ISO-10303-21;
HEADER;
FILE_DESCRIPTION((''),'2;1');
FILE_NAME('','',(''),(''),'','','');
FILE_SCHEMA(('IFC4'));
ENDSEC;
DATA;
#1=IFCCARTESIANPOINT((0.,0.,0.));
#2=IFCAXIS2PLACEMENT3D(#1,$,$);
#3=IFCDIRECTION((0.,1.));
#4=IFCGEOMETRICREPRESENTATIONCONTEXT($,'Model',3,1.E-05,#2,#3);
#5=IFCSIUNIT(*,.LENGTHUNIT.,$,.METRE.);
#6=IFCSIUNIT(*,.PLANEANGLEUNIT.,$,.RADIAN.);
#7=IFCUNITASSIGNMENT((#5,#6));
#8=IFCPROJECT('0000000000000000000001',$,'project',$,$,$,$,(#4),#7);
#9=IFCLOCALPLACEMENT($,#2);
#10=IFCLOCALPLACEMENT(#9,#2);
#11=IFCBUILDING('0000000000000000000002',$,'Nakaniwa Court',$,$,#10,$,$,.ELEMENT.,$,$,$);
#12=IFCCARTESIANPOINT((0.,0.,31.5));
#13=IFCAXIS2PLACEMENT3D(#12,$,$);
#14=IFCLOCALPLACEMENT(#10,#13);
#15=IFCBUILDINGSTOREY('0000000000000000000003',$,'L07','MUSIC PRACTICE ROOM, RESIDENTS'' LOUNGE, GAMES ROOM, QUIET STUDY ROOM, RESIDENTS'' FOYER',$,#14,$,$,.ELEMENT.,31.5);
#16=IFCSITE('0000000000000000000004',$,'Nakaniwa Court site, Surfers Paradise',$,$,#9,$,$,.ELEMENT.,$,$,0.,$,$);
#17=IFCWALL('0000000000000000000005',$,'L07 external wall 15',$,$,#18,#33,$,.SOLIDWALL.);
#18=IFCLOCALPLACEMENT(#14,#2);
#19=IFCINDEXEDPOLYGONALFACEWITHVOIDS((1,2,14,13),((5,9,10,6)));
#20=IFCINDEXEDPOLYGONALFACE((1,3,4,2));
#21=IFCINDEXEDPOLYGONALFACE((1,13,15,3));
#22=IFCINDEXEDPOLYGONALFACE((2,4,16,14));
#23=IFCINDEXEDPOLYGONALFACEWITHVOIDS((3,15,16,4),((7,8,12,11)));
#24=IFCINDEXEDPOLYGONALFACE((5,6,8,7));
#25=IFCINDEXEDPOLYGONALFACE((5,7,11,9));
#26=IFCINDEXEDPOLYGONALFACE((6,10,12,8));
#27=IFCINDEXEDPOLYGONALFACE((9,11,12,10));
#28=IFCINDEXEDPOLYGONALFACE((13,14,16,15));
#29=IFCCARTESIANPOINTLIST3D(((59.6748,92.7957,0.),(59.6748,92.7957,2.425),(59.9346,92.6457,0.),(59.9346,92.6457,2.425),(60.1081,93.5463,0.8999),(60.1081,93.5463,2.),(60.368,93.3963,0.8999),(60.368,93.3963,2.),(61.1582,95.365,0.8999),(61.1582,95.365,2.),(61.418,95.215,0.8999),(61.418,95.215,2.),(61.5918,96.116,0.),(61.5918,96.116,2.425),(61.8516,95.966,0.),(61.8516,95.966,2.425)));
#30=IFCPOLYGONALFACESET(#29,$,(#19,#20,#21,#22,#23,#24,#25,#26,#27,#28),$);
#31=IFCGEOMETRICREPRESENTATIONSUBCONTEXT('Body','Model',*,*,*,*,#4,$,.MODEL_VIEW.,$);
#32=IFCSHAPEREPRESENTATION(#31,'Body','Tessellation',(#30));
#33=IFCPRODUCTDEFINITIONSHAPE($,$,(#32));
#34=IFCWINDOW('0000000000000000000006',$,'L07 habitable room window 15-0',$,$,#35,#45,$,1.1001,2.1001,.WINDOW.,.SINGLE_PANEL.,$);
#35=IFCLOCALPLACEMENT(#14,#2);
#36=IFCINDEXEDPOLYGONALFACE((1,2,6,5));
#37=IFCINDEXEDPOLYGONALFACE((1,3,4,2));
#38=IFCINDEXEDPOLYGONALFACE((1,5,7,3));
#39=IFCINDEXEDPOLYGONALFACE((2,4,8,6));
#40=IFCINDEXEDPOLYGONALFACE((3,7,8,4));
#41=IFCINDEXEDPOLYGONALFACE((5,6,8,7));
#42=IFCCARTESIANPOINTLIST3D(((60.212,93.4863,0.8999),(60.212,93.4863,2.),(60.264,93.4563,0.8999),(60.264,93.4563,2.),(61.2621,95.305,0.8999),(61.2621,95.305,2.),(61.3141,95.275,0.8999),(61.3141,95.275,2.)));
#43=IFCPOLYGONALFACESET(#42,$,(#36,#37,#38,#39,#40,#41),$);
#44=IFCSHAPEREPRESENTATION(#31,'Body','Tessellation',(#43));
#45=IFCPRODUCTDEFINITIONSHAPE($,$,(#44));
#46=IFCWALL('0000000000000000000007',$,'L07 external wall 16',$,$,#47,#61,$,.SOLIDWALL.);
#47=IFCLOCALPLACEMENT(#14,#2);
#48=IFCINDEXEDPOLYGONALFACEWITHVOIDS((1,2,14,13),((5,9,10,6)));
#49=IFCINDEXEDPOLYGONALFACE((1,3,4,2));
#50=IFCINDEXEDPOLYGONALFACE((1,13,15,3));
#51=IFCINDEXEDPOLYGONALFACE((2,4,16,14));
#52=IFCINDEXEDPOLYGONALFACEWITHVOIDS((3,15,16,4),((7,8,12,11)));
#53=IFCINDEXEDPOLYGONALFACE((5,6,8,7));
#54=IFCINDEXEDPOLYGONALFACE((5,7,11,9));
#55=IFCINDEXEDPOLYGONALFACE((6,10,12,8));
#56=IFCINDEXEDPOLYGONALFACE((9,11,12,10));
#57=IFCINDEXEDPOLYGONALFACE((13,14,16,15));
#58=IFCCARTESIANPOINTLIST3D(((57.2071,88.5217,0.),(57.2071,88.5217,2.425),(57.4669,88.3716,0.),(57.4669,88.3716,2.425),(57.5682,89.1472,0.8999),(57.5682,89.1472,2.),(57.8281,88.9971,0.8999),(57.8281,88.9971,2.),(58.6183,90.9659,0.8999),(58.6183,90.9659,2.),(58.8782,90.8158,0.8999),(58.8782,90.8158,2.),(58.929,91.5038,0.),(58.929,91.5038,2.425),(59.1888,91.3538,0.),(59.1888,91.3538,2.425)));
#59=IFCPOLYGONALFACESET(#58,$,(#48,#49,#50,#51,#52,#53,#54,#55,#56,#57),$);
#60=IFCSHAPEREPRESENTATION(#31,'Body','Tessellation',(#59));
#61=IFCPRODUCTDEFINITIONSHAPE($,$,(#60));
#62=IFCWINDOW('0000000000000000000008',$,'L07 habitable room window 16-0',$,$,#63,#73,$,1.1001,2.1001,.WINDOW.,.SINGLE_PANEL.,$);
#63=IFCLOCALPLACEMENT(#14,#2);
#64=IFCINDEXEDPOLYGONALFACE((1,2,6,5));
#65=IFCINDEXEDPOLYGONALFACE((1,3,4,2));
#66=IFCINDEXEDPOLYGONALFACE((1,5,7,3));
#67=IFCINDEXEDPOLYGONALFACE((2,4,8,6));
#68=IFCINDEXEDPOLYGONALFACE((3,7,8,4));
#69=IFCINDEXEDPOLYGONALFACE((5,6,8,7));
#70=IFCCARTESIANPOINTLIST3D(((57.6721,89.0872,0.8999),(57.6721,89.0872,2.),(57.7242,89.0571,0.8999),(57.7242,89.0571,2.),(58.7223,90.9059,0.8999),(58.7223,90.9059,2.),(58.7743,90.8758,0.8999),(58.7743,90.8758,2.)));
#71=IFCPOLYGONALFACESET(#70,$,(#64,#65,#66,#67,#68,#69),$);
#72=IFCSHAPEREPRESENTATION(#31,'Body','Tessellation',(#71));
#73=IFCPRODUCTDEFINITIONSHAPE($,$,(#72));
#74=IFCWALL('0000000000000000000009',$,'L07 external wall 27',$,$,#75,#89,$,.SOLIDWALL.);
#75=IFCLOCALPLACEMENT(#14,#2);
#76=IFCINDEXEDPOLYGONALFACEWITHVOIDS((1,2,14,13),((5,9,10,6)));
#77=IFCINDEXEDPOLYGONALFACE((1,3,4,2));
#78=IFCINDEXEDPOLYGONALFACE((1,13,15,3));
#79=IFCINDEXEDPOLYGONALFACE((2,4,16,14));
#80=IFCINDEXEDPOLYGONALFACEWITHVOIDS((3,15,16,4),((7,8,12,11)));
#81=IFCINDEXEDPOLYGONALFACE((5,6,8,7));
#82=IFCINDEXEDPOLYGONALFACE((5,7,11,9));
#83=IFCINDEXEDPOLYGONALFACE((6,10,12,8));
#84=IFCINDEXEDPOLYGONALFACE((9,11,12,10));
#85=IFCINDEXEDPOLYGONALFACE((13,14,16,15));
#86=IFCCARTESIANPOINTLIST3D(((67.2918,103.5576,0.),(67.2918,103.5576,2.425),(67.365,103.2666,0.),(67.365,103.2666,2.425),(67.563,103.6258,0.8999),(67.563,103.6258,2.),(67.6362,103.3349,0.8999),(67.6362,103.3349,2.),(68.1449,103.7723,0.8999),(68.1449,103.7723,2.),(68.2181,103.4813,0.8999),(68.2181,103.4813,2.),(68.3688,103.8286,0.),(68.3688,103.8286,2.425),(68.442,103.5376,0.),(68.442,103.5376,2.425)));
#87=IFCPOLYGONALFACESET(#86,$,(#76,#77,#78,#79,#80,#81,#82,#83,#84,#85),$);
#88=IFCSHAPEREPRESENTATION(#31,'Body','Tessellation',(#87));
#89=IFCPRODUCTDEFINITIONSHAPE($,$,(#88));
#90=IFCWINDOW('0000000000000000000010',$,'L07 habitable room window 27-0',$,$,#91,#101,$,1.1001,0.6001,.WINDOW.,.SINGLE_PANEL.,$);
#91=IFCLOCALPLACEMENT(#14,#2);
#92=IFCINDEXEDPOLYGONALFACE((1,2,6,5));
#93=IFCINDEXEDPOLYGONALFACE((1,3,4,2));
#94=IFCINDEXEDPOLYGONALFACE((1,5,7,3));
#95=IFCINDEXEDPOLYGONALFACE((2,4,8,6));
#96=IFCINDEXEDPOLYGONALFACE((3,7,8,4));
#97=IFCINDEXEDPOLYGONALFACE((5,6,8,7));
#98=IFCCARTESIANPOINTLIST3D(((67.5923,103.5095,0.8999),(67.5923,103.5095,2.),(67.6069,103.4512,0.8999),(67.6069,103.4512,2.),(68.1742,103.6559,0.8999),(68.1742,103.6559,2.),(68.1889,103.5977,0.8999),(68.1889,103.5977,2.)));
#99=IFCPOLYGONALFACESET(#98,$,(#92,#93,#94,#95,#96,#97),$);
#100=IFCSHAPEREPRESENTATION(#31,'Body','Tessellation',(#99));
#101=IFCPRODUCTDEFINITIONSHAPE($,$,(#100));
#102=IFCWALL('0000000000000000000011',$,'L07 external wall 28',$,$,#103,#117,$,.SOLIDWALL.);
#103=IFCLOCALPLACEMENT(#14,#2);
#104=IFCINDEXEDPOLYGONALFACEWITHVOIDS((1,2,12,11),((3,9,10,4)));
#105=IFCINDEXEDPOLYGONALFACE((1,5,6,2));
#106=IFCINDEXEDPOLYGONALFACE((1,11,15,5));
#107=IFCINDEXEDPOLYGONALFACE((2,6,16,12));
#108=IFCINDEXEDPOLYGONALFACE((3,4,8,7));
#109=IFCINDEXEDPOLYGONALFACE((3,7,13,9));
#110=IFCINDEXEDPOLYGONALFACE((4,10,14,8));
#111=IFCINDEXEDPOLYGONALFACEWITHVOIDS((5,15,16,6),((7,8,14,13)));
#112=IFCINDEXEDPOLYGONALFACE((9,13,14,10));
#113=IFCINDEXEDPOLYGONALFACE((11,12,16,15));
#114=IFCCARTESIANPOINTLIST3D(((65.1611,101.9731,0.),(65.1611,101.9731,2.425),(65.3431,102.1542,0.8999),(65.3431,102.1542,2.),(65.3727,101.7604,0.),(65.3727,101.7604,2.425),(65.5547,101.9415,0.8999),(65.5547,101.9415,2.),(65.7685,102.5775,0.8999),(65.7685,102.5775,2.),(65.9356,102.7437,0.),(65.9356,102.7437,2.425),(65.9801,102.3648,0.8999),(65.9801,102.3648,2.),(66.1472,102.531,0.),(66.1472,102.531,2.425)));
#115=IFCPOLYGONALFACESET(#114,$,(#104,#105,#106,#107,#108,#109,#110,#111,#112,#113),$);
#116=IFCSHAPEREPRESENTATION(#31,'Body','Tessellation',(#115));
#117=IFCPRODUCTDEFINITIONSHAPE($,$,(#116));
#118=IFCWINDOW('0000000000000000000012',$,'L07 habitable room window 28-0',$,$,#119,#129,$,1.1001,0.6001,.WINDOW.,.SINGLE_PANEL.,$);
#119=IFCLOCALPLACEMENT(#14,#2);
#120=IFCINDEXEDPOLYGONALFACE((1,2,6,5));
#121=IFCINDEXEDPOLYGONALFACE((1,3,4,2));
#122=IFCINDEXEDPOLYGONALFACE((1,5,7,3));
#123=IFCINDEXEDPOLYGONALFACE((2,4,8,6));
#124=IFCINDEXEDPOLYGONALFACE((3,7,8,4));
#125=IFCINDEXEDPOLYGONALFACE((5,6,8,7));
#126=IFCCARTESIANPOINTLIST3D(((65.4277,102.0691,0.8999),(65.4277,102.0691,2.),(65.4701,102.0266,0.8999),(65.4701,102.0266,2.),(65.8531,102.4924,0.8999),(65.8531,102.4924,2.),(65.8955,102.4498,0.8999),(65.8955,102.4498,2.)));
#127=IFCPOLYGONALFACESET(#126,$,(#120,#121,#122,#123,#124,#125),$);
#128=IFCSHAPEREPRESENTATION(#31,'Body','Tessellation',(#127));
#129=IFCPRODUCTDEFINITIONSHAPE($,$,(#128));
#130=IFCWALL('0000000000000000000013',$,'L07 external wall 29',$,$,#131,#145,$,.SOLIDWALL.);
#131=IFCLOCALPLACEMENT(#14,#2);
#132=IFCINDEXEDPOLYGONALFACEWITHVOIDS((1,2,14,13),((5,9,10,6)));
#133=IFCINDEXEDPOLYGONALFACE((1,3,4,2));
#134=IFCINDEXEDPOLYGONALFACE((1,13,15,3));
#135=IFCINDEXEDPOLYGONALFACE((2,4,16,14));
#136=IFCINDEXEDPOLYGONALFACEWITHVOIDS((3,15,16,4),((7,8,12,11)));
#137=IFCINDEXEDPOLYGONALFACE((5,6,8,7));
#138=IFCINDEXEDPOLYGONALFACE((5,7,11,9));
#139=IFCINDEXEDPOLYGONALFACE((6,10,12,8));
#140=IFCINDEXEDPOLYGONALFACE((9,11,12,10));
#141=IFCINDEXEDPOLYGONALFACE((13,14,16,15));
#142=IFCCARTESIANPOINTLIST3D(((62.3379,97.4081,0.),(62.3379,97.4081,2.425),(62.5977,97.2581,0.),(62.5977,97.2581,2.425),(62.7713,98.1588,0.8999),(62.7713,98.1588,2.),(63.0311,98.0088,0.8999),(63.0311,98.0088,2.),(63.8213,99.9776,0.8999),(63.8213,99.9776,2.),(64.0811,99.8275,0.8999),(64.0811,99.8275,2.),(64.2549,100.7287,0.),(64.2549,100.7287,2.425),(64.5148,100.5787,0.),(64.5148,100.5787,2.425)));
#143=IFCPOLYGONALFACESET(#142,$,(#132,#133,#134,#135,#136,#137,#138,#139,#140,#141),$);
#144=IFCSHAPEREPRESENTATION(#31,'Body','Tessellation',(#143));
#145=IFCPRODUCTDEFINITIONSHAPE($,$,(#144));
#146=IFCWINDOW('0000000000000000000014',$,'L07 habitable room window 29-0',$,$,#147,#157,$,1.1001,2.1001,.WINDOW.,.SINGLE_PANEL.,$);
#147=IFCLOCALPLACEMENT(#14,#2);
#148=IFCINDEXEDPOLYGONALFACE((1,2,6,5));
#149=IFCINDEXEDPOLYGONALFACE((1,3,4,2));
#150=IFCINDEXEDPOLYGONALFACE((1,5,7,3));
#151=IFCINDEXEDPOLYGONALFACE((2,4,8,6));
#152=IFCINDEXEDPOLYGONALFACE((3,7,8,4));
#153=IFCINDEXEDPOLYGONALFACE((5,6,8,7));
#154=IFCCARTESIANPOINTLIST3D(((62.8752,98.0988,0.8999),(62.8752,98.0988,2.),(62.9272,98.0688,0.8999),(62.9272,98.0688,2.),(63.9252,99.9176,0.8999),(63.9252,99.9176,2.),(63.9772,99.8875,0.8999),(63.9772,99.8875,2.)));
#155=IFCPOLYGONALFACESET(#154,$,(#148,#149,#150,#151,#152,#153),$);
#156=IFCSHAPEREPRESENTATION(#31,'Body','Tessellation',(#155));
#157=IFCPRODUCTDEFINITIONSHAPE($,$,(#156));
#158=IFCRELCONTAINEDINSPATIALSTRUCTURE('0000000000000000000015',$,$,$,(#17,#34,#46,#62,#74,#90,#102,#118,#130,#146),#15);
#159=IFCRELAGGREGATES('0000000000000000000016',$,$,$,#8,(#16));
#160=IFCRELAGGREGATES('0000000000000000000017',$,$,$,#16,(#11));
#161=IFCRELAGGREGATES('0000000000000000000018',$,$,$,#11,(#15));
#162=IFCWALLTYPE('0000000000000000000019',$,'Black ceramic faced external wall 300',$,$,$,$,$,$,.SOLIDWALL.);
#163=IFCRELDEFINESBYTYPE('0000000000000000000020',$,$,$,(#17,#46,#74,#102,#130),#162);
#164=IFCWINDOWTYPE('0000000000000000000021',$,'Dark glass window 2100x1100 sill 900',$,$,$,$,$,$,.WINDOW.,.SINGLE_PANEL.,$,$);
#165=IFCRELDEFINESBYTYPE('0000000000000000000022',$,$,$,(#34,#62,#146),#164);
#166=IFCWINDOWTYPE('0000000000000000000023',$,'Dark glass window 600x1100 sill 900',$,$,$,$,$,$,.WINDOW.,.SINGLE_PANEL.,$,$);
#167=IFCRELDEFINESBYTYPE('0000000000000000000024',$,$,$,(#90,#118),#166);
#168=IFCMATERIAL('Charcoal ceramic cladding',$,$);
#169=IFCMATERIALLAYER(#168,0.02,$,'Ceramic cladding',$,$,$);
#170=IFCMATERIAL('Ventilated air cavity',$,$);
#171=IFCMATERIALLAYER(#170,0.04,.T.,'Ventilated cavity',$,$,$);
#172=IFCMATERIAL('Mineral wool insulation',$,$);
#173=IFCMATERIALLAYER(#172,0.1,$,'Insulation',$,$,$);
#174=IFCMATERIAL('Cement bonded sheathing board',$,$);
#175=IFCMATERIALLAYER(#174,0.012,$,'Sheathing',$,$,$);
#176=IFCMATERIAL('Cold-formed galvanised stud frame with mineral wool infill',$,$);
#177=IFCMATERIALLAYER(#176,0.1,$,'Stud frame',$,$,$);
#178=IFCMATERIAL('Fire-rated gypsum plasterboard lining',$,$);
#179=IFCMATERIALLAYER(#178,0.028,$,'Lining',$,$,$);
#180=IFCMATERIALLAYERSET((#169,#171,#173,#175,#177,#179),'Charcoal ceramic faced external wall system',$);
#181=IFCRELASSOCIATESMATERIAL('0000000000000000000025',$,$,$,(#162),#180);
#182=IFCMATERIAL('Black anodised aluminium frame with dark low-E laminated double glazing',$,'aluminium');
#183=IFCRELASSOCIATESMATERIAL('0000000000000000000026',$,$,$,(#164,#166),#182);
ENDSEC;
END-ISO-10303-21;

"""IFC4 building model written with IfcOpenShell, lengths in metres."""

from ifc_helpers import new_model, si_unit, direction, frame, frame_2d, origin, place, context, subcontext, project, spatial, rectangle, extrude, material, layer, layer_set, type_object, element, fill, save


model = new_model("IFC4")

# Units and contexts
model_context = context("Model", 3, precision=1e-05, world=origin(), true_north=direction((0.0, 1.0)))
body_context = subcontext(model_context, "Body", "Model", "MODEL_VIEW")
ifc_project = project(units=[si_unit("LENGTHUNIT", "METRE"), si_unit("PLANEANGLEUNIT", "RADIAN")], contexts=[model_context])

# Site, building, storey
site_placement = place(None, origin())
site = spatial("IfcSite", under=ifc_project, at=site_placement, Name="Nakaniwa Court site, Surfers Paradise", CompositionType="ELEMENT", RefElevation=0.0)
building_placement = place(site_placement, origin())
building = spatial("IfcBuilding", under=site, at=building_placement, Name="Nakaniwa Court", CompositionType="ELEMENT")
storey_placement = place(building_placement, frame((0.0, 0.0, 31.5)))
storey = spatial("IfcBuildingStorey", under=building, at=storey_placement, Name="L07", Description="MUSIC PRACTICE ROOM, RESIDENTS' LOUNGE, GAMES ROOM, QUIET STUDY ROOM, RESIDENTS' FOYER", CompositionType="ELEMENT", Elevation=31.5)

# Walls, openings, windows
ifc_material_1 = material(Name="Charcoal ceramic cladding")
ifc_layer_1 = layer(ifc_material_1, 0.02, Name="Ceramic cladding")
ifc_material_2 = material(Name="Ventilated air cavity")
ifc_layer_2 = layer(ifc_material_2, 0.04, ventilated=True, Name="Ventilated cavity")
ifc_material_3 = material(Name="Mineral wool insulation")
ifc_layer_3 = layer(ifc_material_3, 0.1, Name="Insulation")
ifc_material_4 = material(Name="Cement bonded sheathing board")
ifc_layer_4 = layer(ifc_material_4, 0.012, Name="Sheathing")
ifc_material_5 = material(Name="Cold-formed galvanised stud frame with mineral wool infill")
ifc_layer_5 = layer(ifc_material_5, 0.1, Name="Stud frame")
ifc_material_6 = material(Name="Fire-rated gypsum plasterboard lining")
ifc_layer_6 = layer(ifc_material_6, 0.028, Name="Lining")
ifc_layer_set = layer_set([ifc_layer_1, ifc_layer_2, ifc_layer_3, ifc_layer_4, ifc_layer_5, ifc_layer_6], Name="Charcoal ceramic faced external wall system")
wall_type = type_object("IfcWallType", Name="Black ceramic faced external wall 300", PredefinedType="SOLIDWALL", material=ifc_layer_set)
wall_1_placement = place(storey_placement, frame((61.7217, 96.041, 0.0), z_axis=(0.0, 0.0, 1.0), x_axis=(-0.500002, -0.866024, 0.0)))
wall_1 = element("IfcWall", 1, at=wall_1_placement, inside=storey, type_object=wall_type, Name="L07 external wall 15", PredefinedType="SOLIDWALL", context=body_context, shape_type="SweptSolid", body=[
    extrude(rectangle(XDim=3.834, YDim=0.3, at=frame_2d((1.917, 0.0))), origin(), (0.0, 0.0, 1.0), 2.425),
])
opening_1_placement = place(wall_1_placement, frame((0.8672, 0.0, 0.8999)))
opening_1 = element("IfcOpeningElement", 2, at=opening_1_placement, cuts=wall_1, PredefinedType="OPENING", context=body_context, shape_type="SweptSolid", body=[
    extrude(rectangle(XDim=2.1001, YDim=1.1001, at=frame_2d((1.05, 0.55))), frame((0.0, 0.1599, 0.0), z_axis=(0.0, -1.0, 0.0), x_axis=(1.0, 0.0, 0.0)), (0.0, 0.0, 1.0), 0.3201),
])
ifc_material_7 = material(Name="Black anodised aluminium frame with dark low-E laminated double glazing", Category="aluminium")
window_type_1 = type_object("IfcWindowType", Name="Dark glass window 2100x1100 sill 900", PartitioningType="SINGLE_PANEL", PredefinedType="WINDOW", material=ifc_material_7)
window_1_placement = place(opening_1_placement, origin())
window_1 = element("IfcWindow", 3, at=window_1_placement, inside=storey, type_object=window_type_1, Name="L07 habitable room window 15-0", OverallHeight=1.1001, OverallWidth=2.1001, PartitioningType="SINGLE_PANEL", PredefinedType="WINDOW", context=body_context, shape_type="SweptSolid", body=[
    extrude(rectangle(XDim=2.1001, YDim=1.1001, at=frame_2d((1.05, 0.55))), frame((0.0, 0.03, 0.0), z_axis=(0.0, -1.0, 0.0), x_axis=(1.0, 0.0, 0.0)), (0.0, 0.0, 1.0), 0.0601),
])
fill(opening_1, window_1)
wall_2_placement = place(storey_placement, frame((59.0588, 91.4287, 0.0), z_axis=(0.0, 0.0, 1.0), x_axis=(-0.500035, -0.866005, 0.0)))
wall_2 = element("IfcWall", 4, at=wall_2_placement, inside=storey, type_object=wall_type, Name="L07 external wall 16", PredefinedType="SOLIDWALL", context=body_context, shape_type="SweptSolid", body=[
    extrude(rectangle(XDim=3.4436, YDim=0.3, at=frame_2d((1.7217, 0.0))), origin(), (0.0, 0.0, 1.0), 2.425),
])
opening_2_placement = place(wall_2_placement, frame((0.6211, 0.0, 0.8999)))
opening_2 = element("IfcOpeningElement", 5, at=opening_2_placement, cuts=wall_2, PredefinedType="OPENING", context=body_context, shape_type="SweptSolid", body=[
    extrude(rectangle(XDim=2.1001, YDim=1.1001, at=frame_2d((1.05, 0.55))), frame((0.0, 0.1599, 0.0), z_axis=(0.0, -1.0, 0.0), x_axis=(1.0, 0.0, 0.0)), (0.0, 0.0, 1.0), 0.3201),
])
window_2_placement = place(opening_2_placement, origin())
window_2 = element("IfcWindow", 6, at=window_2_placement, inside=storey, type_object=window_type_1, Name="L07 habitable room window 16-0", OverallHeight=1.1001, OverallWidth=2.1001, PartitioningType="SINGLE_PANEL", PredefinedType="WINDOW", context=body_context, shape_type="SweptSolid", body=[
    extrude(rectangle(XDim=2.1001, YDim=1.1001, at=frame_2d((1.05, 0.55))), frame((0.0, 0.03, 0.0), z_axis=(0.0, -1.0, 0.0), x_axis=(1.0, 0.0, 0.0)), (0.0, 0.0, 1.0), 0.0601),
])
fill(opening_2, window_2)
wall_3_placement = place(storey_placement, frame((68.4053, 103.6831, 0.0), z_axis=(0.0, 0.0, 1.0), x_axis=(-0.969766, -0.244036, 0.0)))
wall_3 = element("IfcWall", 7, at=wall_3_placement, inside=storey, type_object=wall_type, Name="L07 external wall 27", PredefinedType="SOLIDWALL", context=body_context, shape_type="SweptSolid", body=[
    extrude(rectangle(XDim=1.1106, YDim=0.3, at=frame_2d((0.5552, 0.0))), origin(), (0.0, 0.0, 1.0), 2.425),
])
opening_3_placement = place(wall_3_placement, frame((0.2307, 0.0, 0.8999)))
opening_3 = element("IfcOpeningElement", 8, at=opening_3_placement, cuts=wall_3, PredefinedType="OPENING", context=body_context, shape_type="SweptSolid", body=[
    extrude(rectangle(XDim=0.6001, YDim=1.1001, at=frame_2d((0.3, 0.55))), frame((0.0, 0.1599, 0.0), z_axis=(0.0, -1.0, 0.0), x_axis=(1.0, 0.0, 0.0)), (0.0, 0.0, 1.0), 0.3201),
])
window_type_2 = type_object("IfcWindowType", Name="Dark glass window 600x1100 sill 900", PartitioningType="SINGLE_PANEL", PredefinedType="WINDOW", material=ifc_material_7)
window_3_placement = place(opening_3_placement, origin())
window_3 = element("IfcWindow", 9, at=window_3_placement, inside=storey, type_object=window_type_2, Name="L07 habitable room window 27-0", OverallHeight=1.1001, OverallWidth=0.6001, PartitioningType="SINGLE_PANEL", PredefinedType="WINDOW", context=body_context, shape_type="SweptSolid", body=[
    extrude(rectangle(XDim=0.6001, YDim=1.1001, at=frame_2d((0.3, 0.55))), frame((0.0, 0.03, 0.0), z_axis=(0.0, -1.0, 0.0), x_axis=(1.0, 0.0, 0.0)), (0.0, 0.0, 1.0), 0.0601),
])
fill(opening_3, window_3)
wall_4_placement = place(storey_placement, frame((66.0415, 102.6375, 0.0), z_axis=(0.0, 0.0, 1.0), x_axis=(-0.708892, -0.705317, 0.0)))
wall_4 = element("IfcWall", 10, at=wall_4_placement, inside=storey, type_object=wall_type, Name="L07 external wall 28", PredefinedType="SOLIDWALL", context=body_context, shape_type="SweptSolid", body=[
    extrude(rectangle(XDim=1.0925, YDim=0.3, at=frame_2d((0.5464, 0.0))), origin(), (0.0, 0.0, 1.0), 2.425),
])
opening_4_placement = place(wall_4_placement, frame((0.2358, 0.0, 0.8999)))
opening_4 = element("IfcOpeningElement", 11, at=opening_4_placement, cuts=wall_4, PredefinedType="OPENING", context=body_context, shape_type="SweptSolid", body=[
    extrude(rectangle(XDim=0.6001, YDim=1.1001, at=frame_2d((0.3, 0.55))), frame((0.0, 0.1599, 0.0), z_axis=(0.0, -1.0, 0.0), x_axis=(1.0, 0.0, 0.0)), (0.0, 0.0, 1.0), 0.3201),
])
window_4_placement = place(opening_4_placement, origin())
window_4 = element("IfcWindow", 12, at=window_4_placement, inside=storey, type_object=window_type_2, Name="L07 habitable room window 28-0", OverallHeight=1.1001, OverallWidth=0.6001, PartitioningType="SINGLE_PANEL", PredefinedType="WINDOW", context=body_context, shape_type="SweptSolid", body=[
    extrude(rectangle(XDim=0.6001, YDim=1.1001, at=frame_2d((0.3, 0.55))), frame((0.0, 0.03, 0.0), z_axis=(0.0, -1.0, 0.0), x_axis=(1.0, 0.0, 0.0)), (0.0, 0.0, 1.0), 0.0601),
])
fill(opening_4, window_4)
wall_5_placement = place(storey_placement, frame((64.3848, 100.6536, 0.0), z_axis=(0.0, 0.0, 1.0), x_axis=(-0.499974, -0.86604, 0.0)))
wall_5 = element("IfcWall", 13, at=wall_5_placement, inside=storey, type_object=wall_type, Name="L07 external wall 29", PredefinedType="SOLIDWALL", context=body_context, shape_type="SweptSolid", body=[
    extrude(rectangle(XDim=3.8342, YDim=0.3, at=frame_2d((1.917, 0.0))), origin(), (0.0, 0.0, 1.0), 2.425),
])
opening_5_placement = place(wall_5_placement, frame((0.8672, 0.0, 0.8999)))
opening_5 = element("IfcOpeningElement", 14, at=opening_5_placement, cuts=wall_5, PredefinedType="OPENING", context=body_context, shape_type="SweptSolid", body=[
    extrude(rectangle(XDim=2.1001, YDim=1.1001, at=frame_2d((1.05, 0.55))), frame((0.0, 0.1599, 0.0), z_axis=(0.0, -1.0, 0.0), x_axis=(1.0, 0.0, 0.0)), (0.0, 0.0, 1.0), 0.3201),
])
window_5_placement = place(opening_5_placement, origin())
window_5 = element("IfcWindow", 15, at=window_5_placement, inside=storey, type_object=window_type_1, Name="L07 habitable room window 29-0", OverallHeight=1.1001, OverallWidth=2.1001, PartitioningType="SINGLE_PANEL", PredefinedType="WINDOW", context=body_context, shape_type="SweptSolid", body=[
    extrude(rectangle(XDim=2.1001, YDim=1.1001, at=frame_2d((1.05, 0.55))), frame((0.0, 0.03, 0.0), z_axis=(0.0, -1.0, 0.0), x_axis=(1.0, 0.0, 0.0)), (0.0, 0.0, 1.0), 0.0601),
])
fill(opening_5, window_5)

save(model, "model.ifc")
